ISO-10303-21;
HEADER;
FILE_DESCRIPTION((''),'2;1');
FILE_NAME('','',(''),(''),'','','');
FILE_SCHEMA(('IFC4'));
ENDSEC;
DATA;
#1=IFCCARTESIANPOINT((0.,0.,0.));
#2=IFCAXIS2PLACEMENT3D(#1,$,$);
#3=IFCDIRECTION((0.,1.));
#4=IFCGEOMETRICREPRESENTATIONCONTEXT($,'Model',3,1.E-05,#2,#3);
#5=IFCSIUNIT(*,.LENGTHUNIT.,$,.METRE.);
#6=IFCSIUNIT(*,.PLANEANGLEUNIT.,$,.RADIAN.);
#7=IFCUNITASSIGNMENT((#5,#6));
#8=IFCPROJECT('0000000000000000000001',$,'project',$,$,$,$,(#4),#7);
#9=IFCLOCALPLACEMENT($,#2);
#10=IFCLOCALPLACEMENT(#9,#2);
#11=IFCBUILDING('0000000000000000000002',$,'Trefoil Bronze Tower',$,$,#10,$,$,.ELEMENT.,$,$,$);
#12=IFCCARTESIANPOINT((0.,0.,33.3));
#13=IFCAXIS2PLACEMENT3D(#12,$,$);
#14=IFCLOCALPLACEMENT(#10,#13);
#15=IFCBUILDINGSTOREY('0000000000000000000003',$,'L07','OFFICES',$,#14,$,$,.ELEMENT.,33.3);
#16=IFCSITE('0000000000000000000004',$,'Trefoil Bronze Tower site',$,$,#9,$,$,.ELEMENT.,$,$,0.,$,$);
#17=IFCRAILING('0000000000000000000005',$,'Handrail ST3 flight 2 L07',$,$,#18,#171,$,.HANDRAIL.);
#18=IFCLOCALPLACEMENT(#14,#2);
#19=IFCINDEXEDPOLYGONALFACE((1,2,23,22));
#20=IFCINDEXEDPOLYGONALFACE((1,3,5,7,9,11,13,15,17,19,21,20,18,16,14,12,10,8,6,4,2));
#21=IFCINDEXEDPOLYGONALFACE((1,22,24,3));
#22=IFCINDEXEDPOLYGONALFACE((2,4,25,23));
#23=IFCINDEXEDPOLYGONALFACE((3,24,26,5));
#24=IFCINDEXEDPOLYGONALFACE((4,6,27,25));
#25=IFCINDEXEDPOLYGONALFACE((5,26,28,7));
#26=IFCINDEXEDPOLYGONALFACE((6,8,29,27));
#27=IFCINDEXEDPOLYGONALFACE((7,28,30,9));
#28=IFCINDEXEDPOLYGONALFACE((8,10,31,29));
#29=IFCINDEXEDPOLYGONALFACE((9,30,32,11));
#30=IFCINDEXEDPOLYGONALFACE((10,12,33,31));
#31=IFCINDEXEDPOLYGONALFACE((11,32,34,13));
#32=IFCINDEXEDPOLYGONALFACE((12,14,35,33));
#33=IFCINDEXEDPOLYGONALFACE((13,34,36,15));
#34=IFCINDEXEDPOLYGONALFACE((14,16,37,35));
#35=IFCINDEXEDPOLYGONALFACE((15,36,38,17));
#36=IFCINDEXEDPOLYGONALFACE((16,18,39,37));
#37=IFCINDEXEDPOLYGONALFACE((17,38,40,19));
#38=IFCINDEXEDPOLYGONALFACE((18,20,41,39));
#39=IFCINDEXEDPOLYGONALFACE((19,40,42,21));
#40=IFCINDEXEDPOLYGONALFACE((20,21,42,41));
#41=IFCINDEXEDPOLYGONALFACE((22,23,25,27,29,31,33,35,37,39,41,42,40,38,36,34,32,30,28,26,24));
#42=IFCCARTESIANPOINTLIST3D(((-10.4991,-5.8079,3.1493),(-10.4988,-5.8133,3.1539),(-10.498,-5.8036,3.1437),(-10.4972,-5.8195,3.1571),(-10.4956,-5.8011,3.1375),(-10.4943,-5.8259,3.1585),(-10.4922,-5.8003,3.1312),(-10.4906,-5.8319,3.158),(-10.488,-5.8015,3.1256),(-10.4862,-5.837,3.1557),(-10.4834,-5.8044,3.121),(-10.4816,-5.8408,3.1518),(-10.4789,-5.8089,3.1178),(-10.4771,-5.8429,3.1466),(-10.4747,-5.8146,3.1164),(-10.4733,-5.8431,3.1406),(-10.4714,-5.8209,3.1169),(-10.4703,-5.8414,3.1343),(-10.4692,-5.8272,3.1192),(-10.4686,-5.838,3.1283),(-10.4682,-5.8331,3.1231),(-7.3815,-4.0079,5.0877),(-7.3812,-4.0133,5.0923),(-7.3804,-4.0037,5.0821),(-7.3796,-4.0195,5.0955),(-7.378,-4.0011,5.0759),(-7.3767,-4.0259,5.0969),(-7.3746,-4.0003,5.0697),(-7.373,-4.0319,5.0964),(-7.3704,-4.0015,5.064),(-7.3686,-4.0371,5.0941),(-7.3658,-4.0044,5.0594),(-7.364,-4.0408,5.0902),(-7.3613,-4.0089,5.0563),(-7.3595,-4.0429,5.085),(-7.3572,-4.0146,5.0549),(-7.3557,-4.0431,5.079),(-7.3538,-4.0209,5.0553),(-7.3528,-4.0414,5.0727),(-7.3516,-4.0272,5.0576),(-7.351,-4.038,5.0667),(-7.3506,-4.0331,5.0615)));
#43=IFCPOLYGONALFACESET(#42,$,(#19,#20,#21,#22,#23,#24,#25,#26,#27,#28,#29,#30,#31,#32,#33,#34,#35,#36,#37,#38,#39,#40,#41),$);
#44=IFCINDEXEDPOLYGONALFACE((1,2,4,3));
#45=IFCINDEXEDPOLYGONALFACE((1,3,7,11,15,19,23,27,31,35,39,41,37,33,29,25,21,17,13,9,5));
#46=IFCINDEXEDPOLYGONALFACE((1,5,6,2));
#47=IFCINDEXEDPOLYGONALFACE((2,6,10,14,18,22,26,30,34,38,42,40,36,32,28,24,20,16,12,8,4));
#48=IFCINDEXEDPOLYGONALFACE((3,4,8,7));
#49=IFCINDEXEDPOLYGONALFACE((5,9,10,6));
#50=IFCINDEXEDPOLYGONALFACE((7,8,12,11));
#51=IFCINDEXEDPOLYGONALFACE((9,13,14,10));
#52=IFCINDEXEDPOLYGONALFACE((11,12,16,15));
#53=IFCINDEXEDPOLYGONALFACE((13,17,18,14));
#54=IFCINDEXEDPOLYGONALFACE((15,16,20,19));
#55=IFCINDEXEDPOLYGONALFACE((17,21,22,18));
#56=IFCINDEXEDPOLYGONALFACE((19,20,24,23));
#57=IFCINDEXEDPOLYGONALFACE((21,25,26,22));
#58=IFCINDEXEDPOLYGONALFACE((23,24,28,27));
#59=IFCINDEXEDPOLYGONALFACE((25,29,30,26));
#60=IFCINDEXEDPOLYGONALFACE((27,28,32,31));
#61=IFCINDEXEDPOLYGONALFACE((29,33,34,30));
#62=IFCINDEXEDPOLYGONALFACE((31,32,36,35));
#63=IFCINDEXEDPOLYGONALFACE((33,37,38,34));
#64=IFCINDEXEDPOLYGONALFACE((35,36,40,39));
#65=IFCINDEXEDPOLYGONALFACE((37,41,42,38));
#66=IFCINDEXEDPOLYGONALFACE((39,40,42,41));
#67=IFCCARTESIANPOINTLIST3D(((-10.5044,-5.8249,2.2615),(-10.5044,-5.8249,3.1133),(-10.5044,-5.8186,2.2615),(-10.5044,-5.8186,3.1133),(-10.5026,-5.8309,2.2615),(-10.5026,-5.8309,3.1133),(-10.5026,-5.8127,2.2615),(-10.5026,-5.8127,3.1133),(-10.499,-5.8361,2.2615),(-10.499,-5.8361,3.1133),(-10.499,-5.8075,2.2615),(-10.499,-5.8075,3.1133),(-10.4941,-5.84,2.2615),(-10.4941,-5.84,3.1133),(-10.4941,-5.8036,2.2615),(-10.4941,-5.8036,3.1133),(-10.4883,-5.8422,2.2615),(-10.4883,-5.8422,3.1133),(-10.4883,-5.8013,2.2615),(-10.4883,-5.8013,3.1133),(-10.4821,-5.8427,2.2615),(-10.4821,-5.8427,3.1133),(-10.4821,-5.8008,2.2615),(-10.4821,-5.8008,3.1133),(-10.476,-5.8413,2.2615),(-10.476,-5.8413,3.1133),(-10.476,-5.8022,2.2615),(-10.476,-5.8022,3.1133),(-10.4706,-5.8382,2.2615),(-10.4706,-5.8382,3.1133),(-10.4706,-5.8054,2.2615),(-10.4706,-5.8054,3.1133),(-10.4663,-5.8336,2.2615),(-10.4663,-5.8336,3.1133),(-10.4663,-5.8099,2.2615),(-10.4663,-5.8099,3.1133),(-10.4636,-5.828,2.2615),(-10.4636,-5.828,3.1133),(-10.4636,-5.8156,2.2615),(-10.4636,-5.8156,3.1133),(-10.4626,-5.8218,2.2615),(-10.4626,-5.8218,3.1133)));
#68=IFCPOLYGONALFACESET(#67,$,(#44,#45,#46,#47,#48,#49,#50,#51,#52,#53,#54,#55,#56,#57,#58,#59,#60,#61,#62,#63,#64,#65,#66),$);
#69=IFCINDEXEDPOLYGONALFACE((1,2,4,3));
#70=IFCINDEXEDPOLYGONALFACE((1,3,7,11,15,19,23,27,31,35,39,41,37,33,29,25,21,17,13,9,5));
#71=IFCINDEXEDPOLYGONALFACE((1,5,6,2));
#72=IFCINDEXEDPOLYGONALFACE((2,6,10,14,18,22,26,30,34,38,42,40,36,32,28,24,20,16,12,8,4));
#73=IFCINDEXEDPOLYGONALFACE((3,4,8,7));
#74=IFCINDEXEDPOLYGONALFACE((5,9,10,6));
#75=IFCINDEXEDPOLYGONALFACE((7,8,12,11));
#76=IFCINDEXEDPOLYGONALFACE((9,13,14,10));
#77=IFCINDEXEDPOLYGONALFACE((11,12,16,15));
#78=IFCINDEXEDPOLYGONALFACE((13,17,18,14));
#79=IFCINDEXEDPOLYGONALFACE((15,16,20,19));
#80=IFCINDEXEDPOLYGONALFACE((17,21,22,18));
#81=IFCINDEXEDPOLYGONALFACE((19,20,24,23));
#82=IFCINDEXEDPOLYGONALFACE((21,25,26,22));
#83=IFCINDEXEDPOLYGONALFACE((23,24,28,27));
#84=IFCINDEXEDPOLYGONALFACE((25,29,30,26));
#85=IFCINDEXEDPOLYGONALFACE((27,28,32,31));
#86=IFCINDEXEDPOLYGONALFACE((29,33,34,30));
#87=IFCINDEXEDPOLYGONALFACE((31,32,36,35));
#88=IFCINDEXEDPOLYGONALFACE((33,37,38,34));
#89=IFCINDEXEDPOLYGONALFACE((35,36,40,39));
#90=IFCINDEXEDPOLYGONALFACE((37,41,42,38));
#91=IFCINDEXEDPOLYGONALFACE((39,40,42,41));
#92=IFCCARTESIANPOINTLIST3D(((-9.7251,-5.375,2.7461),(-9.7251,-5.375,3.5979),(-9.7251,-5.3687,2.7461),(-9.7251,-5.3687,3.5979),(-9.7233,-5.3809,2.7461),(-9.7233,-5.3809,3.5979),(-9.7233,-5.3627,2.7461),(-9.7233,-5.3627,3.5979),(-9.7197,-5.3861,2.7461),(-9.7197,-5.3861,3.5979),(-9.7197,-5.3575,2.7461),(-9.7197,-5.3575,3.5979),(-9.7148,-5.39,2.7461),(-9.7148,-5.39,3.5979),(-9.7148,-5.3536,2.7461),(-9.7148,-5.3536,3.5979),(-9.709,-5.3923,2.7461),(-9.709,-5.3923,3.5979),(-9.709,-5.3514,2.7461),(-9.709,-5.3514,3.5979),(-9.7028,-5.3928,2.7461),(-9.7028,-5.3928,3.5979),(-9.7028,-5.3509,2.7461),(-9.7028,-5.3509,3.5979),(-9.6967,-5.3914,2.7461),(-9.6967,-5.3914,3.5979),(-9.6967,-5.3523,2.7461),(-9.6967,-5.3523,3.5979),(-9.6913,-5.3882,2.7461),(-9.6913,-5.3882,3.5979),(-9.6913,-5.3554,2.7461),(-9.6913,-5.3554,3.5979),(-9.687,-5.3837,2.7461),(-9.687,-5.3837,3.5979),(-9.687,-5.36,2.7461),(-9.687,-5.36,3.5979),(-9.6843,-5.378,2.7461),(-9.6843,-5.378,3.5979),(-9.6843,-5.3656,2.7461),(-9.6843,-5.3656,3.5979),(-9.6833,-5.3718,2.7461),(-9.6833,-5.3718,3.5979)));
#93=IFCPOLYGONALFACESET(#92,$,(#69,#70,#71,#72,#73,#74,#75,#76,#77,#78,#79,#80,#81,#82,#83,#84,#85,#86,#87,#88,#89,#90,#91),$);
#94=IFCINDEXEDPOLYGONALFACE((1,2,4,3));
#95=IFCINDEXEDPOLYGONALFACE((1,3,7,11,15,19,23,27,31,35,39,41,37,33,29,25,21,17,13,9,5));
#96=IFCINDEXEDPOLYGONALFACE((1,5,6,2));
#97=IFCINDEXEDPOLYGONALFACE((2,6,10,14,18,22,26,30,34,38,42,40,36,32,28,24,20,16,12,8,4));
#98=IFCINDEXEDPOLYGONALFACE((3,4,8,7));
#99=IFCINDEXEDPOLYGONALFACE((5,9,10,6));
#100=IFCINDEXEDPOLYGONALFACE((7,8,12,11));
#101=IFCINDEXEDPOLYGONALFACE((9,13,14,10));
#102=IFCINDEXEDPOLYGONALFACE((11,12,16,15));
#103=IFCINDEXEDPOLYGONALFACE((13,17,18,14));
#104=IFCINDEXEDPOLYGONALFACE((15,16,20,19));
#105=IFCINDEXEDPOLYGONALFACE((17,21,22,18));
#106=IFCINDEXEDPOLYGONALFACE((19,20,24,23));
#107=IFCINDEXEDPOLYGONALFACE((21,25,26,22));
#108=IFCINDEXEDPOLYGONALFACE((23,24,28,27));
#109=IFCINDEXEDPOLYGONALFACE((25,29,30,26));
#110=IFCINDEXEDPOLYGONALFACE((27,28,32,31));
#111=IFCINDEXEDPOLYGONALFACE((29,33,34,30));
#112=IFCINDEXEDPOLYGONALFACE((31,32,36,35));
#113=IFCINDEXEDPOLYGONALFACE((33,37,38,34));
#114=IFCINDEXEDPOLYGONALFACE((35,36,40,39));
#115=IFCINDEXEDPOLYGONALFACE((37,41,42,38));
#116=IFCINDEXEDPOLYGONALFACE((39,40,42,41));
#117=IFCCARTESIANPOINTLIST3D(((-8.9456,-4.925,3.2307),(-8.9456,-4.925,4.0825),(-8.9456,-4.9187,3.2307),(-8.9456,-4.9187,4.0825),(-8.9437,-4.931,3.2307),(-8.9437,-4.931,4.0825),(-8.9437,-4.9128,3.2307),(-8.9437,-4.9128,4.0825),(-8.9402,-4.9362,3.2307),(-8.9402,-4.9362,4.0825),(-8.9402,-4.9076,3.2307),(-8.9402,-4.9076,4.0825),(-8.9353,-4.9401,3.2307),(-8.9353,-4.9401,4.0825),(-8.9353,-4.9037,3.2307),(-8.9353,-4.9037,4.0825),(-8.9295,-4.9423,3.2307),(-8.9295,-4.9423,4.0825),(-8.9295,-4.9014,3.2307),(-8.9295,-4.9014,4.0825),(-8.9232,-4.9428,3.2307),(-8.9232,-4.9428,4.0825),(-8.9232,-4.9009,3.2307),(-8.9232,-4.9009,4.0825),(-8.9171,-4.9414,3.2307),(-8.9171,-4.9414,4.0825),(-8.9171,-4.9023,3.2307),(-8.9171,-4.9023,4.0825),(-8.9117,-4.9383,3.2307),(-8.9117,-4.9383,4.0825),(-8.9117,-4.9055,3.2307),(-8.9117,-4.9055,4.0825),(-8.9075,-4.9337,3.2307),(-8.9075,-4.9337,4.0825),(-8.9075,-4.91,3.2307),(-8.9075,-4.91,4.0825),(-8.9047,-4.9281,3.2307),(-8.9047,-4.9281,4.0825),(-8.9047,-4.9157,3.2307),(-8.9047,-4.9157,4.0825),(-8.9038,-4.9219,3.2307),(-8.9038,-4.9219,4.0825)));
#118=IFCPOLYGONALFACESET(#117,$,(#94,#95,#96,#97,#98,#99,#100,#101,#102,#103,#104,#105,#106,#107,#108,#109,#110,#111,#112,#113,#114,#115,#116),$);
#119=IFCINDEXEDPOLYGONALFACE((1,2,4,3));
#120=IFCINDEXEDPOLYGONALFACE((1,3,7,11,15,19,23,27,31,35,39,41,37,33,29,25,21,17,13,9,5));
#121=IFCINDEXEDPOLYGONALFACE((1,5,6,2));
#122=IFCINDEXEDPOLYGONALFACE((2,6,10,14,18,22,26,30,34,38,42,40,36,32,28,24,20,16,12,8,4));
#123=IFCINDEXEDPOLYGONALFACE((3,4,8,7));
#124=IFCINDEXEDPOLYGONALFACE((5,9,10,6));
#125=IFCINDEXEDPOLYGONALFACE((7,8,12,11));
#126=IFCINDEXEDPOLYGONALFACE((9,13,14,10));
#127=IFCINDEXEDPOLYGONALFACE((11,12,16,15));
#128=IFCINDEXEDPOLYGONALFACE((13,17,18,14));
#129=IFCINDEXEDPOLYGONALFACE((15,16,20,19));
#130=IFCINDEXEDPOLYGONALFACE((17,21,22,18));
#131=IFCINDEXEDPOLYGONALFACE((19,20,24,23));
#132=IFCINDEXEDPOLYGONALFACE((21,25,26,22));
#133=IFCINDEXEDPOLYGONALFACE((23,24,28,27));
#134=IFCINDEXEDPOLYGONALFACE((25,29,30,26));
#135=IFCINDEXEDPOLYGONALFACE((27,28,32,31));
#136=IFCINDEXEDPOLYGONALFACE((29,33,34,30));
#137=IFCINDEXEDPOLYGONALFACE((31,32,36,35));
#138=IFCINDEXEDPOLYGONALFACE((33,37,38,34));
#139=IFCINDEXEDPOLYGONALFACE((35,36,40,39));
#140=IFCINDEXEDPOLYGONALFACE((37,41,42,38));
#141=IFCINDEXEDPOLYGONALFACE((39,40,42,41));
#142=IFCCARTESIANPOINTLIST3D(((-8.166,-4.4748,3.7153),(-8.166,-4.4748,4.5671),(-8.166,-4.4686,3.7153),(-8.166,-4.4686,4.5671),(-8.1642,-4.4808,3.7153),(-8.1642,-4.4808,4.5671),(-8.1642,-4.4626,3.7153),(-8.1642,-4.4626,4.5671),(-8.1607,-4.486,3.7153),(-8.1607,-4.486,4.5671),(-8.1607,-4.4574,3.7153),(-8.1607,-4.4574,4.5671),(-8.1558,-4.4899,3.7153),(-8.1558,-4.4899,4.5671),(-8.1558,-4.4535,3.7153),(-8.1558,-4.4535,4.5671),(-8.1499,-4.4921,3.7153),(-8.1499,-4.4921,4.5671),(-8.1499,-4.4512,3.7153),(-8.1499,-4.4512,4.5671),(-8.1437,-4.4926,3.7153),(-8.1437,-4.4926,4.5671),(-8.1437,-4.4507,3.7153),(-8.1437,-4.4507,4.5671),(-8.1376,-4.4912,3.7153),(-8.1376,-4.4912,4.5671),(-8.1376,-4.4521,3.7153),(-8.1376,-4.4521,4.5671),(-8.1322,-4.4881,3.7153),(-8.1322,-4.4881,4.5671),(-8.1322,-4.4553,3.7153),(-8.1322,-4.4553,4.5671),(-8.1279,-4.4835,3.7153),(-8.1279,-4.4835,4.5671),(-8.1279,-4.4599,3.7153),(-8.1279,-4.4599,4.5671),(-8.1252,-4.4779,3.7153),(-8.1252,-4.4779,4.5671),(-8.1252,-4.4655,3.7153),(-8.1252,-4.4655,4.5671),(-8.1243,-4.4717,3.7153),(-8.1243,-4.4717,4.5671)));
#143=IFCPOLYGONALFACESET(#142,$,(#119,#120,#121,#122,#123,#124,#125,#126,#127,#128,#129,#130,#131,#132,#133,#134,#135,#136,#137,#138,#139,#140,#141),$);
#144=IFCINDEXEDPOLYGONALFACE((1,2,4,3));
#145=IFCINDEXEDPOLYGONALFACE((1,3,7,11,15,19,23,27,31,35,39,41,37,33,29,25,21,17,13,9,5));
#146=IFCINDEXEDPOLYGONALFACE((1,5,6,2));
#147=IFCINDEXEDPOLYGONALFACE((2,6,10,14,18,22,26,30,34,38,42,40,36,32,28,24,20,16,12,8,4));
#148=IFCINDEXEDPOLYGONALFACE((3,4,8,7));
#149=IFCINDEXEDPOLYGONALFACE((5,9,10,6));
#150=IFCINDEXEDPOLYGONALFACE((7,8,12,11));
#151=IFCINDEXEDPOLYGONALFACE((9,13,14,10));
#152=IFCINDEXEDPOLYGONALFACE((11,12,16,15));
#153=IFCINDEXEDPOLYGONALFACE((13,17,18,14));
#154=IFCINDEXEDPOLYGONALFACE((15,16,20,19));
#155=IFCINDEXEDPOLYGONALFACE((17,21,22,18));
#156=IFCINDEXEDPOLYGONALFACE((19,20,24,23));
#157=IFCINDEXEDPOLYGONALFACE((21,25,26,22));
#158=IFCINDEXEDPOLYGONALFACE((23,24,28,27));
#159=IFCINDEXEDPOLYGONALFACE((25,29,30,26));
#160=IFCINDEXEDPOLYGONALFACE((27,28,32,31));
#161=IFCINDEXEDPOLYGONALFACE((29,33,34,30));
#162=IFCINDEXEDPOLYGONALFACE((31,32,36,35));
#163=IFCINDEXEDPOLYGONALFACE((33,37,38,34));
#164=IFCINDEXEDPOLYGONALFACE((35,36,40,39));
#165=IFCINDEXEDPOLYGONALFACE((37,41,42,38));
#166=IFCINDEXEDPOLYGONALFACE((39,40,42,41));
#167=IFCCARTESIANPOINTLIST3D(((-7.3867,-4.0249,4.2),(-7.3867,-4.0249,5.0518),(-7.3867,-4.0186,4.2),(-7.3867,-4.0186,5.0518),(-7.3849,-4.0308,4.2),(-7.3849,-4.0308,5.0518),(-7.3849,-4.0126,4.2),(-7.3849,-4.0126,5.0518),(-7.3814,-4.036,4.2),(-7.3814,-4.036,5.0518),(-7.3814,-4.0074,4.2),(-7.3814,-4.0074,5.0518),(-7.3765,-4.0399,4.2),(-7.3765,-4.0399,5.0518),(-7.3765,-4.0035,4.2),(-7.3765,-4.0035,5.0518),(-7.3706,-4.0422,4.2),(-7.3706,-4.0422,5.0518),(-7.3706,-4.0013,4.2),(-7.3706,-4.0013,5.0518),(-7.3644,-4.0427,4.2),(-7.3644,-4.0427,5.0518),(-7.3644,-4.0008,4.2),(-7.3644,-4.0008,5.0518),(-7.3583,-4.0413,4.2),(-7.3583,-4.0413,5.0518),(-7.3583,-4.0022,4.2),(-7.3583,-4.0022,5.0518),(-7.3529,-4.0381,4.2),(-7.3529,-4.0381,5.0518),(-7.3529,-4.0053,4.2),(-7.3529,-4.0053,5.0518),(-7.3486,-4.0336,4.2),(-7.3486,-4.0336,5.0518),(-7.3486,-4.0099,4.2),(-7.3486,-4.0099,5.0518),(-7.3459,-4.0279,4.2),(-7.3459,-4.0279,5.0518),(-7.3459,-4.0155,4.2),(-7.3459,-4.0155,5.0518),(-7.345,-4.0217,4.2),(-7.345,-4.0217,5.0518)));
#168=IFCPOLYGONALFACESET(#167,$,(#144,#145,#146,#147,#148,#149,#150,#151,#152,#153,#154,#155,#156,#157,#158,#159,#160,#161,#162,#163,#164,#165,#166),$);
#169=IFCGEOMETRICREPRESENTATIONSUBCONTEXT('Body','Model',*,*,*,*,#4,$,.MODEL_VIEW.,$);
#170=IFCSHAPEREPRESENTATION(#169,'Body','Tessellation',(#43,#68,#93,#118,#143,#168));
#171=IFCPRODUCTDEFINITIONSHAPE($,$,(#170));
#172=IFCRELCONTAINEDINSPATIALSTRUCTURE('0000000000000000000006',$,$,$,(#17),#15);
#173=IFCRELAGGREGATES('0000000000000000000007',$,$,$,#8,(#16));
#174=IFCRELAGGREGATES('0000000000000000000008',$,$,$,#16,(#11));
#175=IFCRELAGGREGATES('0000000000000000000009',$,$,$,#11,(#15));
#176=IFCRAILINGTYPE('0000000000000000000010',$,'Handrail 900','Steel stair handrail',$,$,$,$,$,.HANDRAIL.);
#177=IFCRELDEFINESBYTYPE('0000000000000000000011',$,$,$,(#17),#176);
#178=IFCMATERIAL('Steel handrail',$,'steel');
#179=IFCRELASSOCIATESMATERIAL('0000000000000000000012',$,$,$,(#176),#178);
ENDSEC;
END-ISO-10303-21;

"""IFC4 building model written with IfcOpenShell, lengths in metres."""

from ifc_helpers import new_model, si_unit, direction, frame, origin, origin_2d, place, context, subcontext, project, spatial, circle, extrude, material, type_object, element, save


model = new_model("IFC4")

# Units and contexts
model_context = context("Model", 3, precision=1e-05, world=origin(), true_north=direction((0.0, 1.0)))
body_context = subcontext(model_context, "Body", "Model", "MODEL_VIEW")
ifc_project = project(units=[si_unit("LENGTHUNIT", "METRE"), si_unit("PLANEANGLEUNIT", "RADIAN")], contexts=[model_context])

# Site, building, storey
site_placement = place(None, origin())
site = spatial("IfcSite", under=ifc_project, at=site_placement, Name="Trefoil Bronze Tower site", CompositionType="ELEMENT", RefElevation=0.0)
building_placement = place(site_placement, origin())
building = spatial("IfcBuilding", under=site, at=building_placement, Name="Trefoil Bronze Tower", CompositionType="ELEMENT")
storey_placement = place(building_placement, frame((0.0, 0.0, 33.3)))
storey = spatial("IfcBuildingStorey", under=building, at=storey_placement, Name="L07", Description="OFFICES", CompositionType="ELEMENT", Elevation=33.3)

# Railing
ifc_material_1 = material(Name="Steel handrail", Category="steel")
railing_type = type_object("IfcRailingType", Name="Handrail 900", Description="Steel stair handrail", PredefinedType="HANDRAIL", material=ifc_material_1)
railing_placement = place(storey_placement, frame((-10.4836, -5.8218, 2.2615)))
element("IfcRailing", 1, at=railing_placement, inside=storey, type_object=railing_type, Name="Handrail ST3 flight 2 L07", PredefinedType="HANDRAIL", context=body_context, shape_type="SweptSolid", body=[
    extrude(circle(Radius=0.0239, at=origin_2d()), frame((0.0, 0.0, 0.876), z_axis=(0.762503, 0.440246, 0.474102), x_axis=(-0.500012, 0.866018, 0.0)), (0.0, 0.0, 1.0), 4.0886),
    extrude(circle(Radius=0.021, at=origin_2d()), origin(), (0.0, 0.0, 1.0), 0.8518),
    extrude(circle(Radius=0.021, at=origin_2d()), frame((0.7793, 0.45, 0.4846)), (0.0, 0.0, 1.0), 0.8518),
    extrude(circle(Radius=0.021, at=origin_2d()), frame((1.5588, 0.8999, 0.9692)), (0.0, 0.0, 1.0), 0.8518),
    extrude(circle(Radius=0.021, at=origin_2d()), frame((2.3384, 1.3501, 1.4539)), (0.0, 0.0, 1.0), 0.8518),
    extrude(circle(Radius=0.021, at=origin_2d()), frame((3.1177, 1.8, 1.9385)), (0.0, 0.0, 1.0), 0.8518),
])

save(model, "model.ifc")
